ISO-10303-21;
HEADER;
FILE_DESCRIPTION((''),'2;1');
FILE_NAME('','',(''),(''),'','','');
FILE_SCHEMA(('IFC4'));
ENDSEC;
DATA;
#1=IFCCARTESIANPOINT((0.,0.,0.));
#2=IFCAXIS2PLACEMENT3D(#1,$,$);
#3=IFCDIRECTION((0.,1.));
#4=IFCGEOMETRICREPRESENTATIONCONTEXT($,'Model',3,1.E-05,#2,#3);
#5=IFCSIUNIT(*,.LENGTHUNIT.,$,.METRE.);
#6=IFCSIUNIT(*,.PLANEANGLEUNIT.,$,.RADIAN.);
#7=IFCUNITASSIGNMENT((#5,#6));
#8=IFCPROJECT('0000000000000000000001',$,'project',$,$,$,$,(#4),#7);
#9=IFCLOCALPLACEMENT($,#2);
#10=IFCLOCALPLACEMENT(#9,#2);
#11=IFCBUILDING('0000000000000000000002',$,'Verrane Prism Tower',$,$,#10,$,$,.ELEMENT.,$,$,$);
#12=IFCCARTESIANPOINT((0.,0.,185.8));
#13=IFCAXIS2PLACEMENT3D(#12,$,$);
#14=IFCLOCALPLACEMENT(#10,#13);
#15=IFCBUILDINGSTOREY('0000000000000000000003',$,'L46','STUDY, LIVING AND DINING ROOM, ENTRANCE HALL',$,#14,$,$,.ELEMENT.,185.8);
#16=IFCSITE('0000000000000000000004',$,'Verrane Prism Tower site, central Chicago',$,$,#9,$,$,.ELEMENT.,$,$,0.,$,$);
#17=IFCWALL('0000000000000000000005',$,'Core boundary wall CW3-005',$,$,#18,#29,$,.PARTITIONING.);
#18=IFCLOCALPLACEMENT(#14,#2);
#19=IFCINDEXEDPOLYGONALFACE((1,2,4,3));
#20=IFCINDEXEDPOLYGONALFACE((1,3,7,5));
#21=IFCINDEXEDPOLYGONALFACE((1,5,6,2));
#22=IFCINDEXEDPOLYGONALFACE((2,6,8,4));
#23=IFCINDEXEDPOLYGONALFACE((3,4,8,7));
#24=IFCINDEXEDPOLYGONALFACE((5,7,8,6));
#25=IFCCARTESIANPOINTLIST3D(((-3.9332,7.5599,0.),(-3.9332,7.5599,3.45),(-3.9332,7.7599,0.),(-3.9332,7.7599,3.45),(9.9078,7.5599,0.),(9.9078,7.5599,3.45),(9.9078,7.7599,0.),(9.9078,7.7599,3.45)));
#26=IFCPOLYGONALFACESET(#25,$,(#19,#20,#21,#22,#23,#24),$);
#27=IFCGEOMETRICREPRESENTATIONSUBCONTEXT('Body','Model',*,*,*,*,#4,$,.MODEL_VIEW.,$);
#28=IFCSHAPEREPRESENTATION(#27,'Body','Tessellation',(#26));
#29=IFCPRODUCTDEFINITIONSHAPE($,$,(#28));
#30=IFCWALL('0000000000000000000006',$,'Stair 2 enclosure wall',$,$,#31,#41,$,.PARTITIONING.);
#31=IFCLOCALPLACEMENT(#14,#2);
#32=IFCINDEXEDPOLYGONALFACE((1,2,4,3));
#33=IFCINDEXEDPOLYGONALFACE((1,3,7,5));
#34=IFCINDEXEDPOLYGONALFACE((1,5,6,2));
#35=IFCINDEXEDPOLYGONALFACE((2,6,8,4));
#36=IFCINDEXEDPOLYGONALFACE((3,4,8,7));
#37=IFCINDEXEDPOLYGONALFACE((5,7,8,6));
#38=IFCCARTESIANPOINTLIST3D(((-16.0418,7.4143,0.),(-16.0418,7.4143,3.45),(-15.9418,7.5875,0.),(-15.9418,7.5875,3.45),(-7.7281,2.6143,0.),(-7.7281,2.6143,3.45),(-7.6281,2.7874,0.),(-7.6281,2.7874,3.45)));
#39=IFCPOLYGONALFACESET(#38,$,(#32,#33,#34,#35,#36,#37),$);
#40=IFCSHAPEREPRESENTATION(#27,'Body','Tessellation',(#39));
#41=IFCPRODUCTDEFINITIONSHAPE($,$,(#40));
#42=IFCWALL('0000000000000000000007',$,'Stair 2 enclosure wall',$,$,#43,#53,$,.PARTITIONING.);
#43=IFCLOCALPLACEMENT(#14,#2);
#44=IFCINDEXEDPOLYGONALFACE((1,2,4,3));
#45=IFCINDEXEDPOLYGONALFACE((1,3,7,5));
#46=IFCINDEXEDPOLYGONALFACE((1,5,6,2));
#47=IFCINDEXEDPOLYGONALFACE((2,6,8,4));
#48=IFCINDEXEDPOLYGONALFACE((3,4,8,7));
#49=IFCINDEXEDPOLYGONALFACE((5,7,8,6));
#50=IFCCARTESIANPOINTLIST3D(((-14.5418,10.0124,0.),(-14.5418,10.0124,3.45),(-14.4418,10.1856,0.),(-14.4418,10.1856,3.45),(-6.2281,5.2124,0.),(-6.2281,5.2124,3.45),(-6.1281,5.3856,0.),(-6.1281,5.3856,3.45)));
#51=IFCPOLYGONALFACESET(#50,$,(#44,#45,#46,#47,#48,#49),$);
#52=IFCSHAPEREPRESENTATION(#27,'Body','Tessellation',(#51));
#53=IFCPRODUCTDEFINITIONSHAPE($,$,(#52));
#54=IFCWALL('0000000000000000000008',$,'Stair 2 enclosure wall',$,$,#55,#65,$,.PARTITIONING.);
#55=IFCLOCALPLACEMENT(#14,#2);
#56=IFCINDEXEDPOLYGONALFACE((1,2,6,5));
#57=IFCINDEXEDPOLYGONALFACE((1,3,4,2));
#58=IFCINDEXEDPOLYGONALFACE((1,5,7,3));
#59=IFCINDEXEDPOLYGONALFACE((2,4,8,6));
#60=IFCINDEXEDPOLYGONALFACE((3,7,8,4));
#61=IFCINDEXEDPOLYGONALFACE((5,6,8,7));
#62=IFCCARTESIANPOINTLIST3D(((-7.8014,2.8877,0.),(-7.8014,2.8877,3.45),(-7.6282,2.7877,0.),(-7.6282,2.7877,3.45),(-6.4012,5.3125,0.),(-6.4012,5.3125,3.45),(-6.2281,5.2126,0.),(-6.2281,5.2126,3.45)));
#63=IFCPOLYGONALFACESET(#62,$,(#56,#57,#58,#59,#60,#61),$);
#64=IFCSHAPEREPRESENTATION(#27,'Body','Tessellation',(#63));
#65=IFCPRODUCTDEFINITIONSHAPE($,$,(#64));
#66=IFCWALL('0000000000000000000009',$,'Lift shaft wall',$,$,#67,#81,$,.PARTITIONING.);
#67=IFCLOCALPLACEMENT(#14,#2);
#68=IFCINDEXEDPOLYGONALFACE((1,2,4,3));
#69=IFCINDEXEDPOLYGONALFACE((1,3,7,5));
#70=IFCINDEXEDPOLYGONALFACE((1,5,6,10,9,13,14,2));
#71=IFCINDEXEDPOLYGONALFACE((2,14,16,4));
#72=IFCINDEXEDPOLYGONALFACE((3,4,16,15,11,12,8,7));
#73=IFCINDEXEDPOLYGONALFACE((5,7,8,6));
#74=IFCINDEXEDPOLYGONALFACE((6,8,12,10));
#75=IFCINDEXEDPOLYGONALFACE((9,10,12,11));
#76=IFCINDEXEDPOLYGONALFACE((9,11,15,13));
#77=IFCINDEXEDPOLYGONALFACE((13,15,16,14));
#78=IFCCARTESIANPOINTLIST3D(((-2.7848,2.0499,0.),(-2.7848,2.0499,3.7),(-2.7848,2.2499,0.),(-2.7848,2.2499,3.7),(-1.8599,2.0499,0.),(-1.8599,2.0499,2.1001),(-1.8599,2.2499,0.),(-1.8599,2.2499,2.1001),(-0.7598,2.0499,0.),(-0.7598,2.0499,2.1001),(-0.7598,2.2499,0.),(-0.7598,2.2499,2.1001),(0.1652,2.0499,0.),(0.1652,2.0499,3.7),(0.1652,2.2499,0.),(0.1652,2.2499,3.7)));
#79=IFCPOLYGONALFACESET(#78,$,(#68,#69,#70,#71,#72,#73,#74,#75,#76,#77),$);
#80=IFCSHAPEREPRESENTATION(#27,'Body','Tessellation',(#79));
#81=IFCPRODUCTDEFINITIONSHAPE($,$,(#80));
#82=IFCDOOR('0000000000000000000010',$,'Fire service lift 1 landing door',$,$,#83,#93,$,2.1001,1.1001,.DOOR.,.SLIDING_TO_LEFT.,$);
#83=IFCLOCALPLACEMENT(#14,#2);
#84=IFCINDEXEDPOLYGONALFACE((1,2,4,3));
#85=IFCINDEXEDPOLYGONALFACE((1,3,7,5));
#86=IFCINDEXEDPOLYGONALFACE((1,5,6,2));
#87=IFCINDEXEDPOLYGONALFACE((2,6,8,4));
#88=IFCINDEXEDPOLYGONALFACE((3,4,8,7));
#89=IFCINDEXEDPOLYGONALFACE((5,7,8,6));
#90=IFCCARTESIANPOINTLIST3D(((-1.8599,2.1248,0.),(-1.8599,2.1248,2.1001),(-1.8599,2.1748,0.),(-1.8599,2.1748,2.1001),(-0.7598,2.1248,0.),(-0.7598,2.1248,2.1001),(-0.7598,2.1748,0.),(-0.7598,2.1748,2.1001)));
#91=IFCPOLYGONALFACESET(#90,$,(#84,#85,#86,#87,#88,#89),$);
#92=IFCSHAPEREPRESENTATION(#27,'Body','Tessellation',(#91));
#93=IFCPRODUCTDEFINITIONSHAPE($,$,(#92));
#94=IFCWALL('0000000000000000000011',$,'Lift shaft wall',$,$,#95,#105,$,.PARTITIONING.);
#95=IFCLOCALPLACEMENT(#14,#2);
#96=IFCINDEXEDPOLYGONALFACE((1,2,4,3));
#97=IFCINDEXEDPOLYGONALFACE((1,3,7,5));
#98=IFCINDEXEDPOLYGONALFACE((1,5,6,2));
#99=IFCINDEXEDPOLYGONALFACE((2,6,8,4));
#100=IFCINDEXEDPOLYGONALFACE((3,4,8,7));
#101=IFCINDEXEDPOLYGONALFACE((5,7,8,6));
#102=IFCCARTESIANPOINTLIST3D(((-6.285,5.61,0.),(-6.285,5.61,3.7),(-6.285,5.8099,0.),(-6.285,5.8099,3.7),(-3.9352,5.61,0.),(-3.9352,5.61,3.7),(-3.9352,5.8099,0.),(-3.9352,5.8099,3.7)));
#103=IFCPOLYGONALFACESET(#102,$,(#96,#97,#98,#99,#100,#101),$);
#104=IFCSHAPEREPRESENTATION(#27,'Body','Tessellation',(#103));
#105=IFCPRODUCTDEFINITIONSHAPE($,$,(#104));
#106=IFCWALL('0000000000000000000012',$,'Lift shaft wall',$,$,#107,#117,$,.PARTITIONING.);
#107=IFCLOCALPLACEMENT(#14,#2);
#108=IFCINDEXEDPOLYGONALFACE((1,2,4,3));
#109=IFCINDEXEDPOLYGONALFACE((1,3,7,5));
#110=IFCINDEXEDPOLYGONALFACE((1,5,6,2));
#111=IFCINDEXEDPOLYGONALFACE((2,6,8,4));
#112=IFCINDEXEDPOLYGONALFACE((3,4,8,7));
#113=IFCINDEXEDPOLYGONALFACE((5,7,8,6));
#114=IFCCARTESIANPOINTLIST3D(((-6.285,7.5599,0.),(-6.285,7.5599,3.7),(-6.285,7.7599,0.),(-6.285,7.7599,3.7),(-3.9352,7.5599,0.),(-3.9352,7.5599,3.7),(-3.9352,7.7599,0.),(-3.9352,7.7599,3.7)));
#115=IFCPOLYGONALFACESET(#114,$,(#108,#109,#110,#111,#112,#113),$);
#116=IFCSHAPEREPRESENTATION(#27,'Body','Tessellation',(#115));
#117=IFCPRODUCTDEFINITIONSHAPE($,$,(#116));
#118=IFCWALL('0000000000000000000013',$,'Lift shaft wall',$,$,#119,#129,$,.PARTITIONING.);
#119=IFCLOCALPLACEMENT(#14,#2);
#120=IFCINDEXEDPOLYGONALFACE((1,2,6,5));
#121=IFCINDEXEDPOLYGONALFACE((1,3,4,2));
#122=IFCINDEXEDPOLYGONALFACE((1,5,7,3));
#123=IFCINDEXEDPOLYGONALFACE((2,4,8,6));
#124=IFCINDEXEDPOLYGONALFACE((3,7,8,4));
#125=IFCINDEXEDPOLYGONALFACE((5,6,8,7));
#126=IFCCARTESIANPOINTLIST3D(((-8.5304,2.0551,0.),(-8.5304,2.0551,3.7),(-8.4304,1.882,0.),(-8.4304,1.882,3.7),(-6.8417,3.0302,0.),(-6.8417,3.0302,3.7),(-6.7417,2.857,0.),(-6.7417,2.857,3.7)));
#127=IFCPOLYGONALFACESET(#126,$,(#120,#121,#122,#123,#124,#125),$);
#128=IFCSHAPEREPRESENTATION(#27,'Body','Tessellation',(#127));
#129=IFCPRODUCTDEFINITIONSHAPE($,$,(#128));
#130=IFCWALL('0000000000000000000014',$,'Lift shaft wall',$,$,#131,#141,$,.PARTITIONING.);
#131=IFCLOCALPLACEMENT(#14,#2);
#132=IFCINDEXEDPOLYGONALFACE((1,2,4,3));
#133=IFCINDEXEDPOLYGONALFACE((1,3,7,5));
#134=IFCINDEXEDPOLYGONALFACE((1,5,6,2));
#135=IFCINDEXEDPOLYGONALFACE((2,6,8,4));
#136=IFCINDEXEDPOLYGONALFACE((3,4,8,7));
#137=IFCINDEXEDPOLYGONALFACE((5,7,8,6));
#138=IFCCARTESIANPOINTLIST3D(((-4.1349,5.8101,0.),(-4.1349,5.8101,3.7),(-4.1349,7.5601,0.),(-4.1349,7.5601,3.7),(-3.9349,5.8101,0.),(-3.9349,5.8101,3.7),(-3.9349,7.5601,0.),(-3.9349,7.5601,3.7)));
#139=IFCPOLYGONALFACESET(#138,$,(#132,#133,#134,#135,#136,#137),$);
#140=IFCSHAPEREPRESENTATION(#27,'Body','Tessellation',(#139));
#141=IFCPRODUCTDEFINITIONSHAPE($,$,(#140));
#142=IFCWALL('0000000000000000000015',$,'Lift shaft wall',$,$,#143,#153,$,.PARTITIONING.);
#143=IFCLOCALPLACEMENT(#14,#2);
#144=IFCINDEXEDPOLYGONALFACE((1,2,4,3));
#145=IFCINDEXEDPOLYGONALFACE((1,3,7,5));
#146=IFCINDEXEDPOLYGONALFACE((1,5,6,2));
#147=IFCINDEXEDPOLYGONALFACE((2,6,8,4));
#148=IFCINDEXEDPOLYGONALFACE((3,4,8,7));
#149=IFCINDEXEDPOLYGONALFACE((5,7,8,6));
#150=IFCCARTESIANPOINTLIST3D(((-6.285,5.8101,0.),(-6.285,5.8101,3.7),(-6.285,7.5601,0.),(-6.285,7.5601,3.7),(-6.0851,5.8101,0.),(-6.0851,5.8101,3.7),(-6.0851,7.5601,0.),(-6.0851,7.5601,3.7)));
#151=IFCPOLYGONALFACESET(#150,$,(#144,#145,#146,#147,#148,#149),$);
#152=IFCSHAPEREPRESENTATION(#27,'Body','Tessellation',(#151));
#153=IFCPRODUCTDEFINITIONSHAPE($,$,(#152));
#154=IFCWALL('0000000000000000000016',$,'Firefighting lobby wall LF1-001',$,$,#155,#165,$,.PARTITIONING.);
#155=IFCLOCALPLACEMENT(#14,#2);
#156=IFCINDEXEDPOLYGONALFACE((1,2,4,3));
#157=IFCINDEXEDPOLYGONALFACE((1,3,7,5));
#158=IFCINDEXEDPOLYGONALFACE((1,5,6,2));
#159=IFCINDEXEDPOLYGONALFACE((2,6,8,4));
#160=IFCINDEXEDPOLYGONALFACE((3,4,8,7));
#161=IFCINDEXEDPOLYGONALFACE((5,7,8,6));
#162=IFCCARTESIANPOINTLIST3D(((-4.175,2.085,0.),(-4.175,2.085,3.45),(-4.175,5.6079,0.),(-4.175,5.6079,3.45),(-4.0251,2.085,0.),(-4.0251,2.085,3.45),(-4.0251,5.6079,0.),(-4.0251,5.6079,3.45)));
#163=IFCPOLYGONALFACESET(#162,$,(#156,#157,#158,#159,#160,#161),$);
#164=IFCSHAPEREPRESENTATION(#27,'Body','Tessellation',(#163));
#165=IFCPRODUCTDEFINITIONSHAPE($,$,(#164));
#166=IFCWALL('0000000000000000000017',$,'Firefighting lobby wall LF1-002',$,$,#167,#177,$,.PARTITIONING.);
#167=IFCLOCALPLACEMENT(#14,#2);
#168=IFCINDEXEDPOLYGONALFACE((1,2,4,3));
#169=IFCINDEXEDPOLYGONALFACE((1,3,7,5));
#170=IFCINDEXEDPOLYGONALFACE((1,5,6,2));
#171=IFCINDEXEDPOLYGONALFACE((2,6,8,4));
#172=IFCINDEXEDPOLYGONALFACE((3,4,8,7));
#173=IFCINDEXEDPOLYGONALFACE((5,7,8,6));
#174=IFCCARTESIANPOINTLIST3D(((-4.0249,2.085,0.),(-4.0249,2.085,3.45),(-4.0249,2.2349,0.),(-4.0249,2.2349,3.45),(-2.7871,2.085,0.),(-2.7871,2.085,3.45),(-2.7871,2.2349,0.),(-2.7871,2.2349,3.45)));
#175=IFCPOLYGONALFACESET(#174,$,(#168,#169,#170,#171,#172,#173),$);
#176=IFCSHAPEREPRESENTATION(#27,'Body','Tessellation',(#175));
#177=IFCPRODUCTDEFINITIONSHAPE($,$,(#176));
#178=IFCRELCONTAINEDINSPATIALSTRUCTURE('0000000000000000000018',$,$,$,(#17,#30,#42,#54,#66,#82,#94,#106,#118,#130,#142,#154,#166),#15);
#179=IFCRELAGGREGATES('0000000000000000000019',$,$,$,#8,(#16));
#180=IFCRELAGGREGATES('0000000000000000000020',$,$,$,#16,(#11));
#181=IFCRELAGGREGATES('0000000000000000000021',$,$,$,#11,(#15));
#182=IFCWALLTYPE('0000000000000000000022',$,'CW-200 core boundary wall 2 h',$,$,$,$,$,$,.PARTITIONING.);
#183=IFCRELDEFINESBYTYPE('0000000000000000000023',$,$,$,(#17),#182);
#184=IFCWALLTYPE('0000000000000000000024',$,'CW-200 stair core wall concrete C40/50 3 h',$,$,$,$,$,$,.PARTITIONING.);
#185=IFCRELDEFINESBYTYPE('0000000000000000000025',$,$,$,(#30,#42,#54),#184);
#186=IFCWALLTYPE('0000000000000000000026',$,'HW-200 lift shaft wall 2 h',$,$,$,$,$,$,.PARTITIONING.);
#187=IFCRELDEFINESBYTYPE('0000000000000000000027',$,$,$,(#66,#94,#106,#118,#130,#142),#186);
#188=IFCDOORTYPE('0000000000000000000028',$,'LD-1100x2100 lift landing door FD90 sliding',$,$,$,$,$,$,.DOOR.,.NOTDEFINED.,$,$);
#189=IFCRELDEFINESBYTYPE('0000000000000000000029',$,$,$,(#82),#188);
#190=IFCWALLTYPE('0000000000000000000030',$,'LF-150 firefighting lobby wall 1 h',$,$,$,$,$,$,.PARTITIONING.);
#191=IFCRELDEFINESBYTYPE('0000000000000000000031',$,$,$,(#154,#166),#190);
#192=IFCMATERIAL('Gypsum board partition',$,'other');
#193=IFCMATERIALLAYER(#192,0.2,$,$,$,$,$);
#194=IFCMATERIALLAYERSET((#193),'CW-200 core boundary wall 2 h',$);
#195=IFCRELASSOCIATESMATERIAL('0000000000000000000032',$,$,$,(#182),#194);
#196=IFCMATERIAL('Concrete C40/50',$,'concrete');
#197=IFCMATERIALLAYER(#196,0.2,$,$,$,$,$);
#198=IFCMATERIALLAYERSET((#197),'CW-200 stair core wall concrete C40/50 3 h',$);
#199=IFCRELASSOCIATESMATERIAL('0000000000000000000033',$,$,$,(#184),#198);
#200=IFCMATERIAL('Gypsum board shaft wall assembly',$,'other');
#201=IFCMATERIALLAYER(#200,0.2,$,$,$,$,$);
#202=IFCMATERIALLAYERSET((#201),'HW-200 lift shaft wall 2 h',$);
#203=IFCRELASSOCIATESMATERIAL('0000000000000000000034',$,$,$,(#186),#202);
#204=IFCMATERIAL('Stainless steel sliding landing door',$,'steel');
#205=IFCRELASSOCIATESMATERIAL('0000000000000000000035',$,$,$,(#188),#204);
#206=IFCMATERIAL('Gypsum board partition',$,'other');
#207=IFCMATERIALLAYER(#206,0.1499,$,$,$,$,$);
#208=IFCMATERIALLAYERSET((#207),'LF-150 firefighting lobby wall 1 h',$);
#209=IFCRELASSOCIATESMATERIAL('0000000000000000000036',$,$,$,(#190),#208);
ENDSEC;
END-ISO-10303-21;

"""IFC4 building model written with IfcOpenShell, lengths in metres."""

from ifc_helpers import new_model, si_unit, direction, frame, frame_2d, origin, place, context, subcontext, project, spatial, rectangle, extrude, material, layer, layer_set, type_object, element, fill, save


model = new_model("IFC4")

# Units and contexts
model_context = context("Model", 3, precision=1e-05, world=origin(), true_north=direction((0.0, 1.0)))
body_context = subcontext(model_context, "Body", "Model", "MODEL_VIEW")
ifc_project = project(units=[si_unit("LENGTHUNIT", "METRE"), si_unit("PLANEANGLEUNIT", "RADIAN")], contexts=[model_context])

# Site, building, storey
site_placement = place(None, origin())
site = spatial("IfcSite", under=ifc_project, at=site_placement, Name="Verrane Prism Tower site, central Chicago", CompositionType="ELEMENT", RefElevation=0.0)
building_placement = place(site_placement, origin())
building = spatial("IfcBuilding", under=site, at=building_placement, Name="Verrane Prism Tower", CompositionType="ELEMENT")
storey_placement = place(building_placement, frame((0.0, 0.0, 185.8)))
storey = spatial("IfcBuildingStorey", under=building, at=storey_placement, Name="L46", Description="STUDY, LIVING AND DINING ROOM, ENTRANCE HALL", CompositionType="ELEMENT", Elevation=185.8)

# Shared definitions
ifc_material_1 = material(Name="Gypsum board partition", Category="other")
ifc_layer_1 = layer(ifc_material_1, 0.2)
ifc_layer_set_1 = layer_set([ifc_layer_1], Name="CW-200 core boundary wall 2 h")
wall_type_1 = type_object("IfcWallType", Name="CW-200 core boundary wall 2 h", PredefinedType="PARTITIONING", material=ifc_layer_set_1)

# Walls
wall_1_placement = place(storey_placement, frame((-3.9331, 7.6599, 0.0), z_axis=(0.0, 0.0, 1.0), x_axis=(1.0, 0.0, 0.0)))
element("IfcWall", 1, at=wall_1_placement, inside=storey, type_object=wall_type_1, Name="Core boundary wall CW3-005", PredefinedType="PARTITIONING", context=body_context, shape_type="SweptSolid", body=[
    extrude(rectangle(XDim=13.8411, YDim=0.2, at=frame_2d((6.9204, 0.0))), origin(), (0.0, 0.0, 1.0), 3.45),
])
ifc_material_2 = material(Name="Concrete C40/50", Category="concrete")
ifc_layer_2 = layer(ifc_material_2, 0.2)
ifc_layer_set_2 = layer_set([ifc_layer_2], Name="CW-200 stair core wall concrete C40/50 3 h")
wall_type_2 = type_object("IfcWallType", Name="CW-200 stair core wall concrete C40/50 3 h", PredefinedType="PARTITIONING", material=ifc_layer_set_2)
for number, where, z_axis, x_axis, name in (
    (2, (-7.6782, 2.7009, 0.0), (0.0, 0.0, 1.0), (-0.86602, 0.500009, 0.0), "Stair 2 enclosure wall"),
    (3, (-6.1782, 5.2991, 0.0), (0.0, 0.0, 1.0), (-0.86602, 0.500009, 0.0), "Stair 2 enclosure wall"),
):
    element("IfcWall", number, at=place(storey_placement, frame(where, z_axis=z_axis, x_axis=x_axis)), inside=storey, type_object=wall_type_2, Name=name, PredefinedType="PARTITIONING", context=body_context, shape_type="SweptSolid", body=[
        extrude(rectangle(XDim=9.5999, YDim=0.2, at=frame_2d((4.7998, 0.0))), origin(), (0.0, 0.0, 1.0), 3.45),
    ])
wall_2_placement = place(storey_placement, frame((-6.3147, 5.2625, 0.0), z_axis=(0.0, 0.0, 1.0), x_axis=(-0.50005, -0.865997, 0.0)))
element("IfcWall", 4, at=wall_2_placement, inside=storey, type_object=wall_type_2, Name="Stair 2 enclosure wall", PredefinedType="PARTITIONING", context=body_context, shape_type="SweptSolid", body=[
    extrude(rectangle(XDim=2.8, YDim=0.2, at=frame_2d((1.3999, 0.0))), origin(), (0.0, 0.0, 1.0), 3.45),
])

# Wall, opening, door
ifc_material_3 = material(Name="Gypsum board shaft wall assembly", Category="other")
ifc_layer_3 = layer(ifc_material_3, 0.2)
ifc_layer_set_3 = layer_set([ifc_layer_3], Name="HW-200 lift shaft wall 2 h")
wall_type_3 = type_object("IfcWallType", Name="HW-200 lift shaft wall 2 h", PredefinedType="PARTITIONING", material=ifc_layer_set_3)
wall_3_placement = place(storey_placement, frame((-2.7849, 2.1499, 0.0), z_axis=(0.0, 0.0, 1.0), x_axis=(1.0, 0.0, 0.0)))
wall_3 = element("IfcWall", 5, at=wall_3_placement, inside=storey, type_object=wall_type_3, Name="Lift shaft wall", PredefinedType="PARTITIONING", context=body_context, shape_type="SweptSolid", body=[
    extrude(rectangle(XDim=2.95, YDim=0.2, at=frame_2d((1.4751, 0.0))), origin(), (0.0, 0.0, 1.0), 3.7),
])
opening_1_placement = place(wall_3_placement, frame((0.925, 0.0, 0.0)))
opening_1 = element("IfcOpeningElement", 6, at=opening_1_placement, cuts=wall_3, PredefinedType="OPENING", context=body_context, shape_type="SweptSolid", body=[
    extrude(rectangle(XDim=1.1001, YDim=2.1001, at=frame_2d((0.55, 1.05))), frame((0.0, 0.1099, 0.0), z_axis=(0.0, -1.0, 0.0), x_axis=(1.0, 0.0, 0.0)), (0.0, 0.0, 1.0), 0.22),
])
ifc_material_4 = material(Name="Stainless steel sliding landing door", Category="steel")
door_type_1 = type_object("IfcDoorType", Name="LD-1100x2100 lift landing door FD90 sliding", OperationType="NOTDEFINED", PredefinedType="DOOR", material=ifc_material_4)
door_1_placement = place(opening_1_placement, origin())
door_1 = element("IfcDoor", 7, at=door_1_placement, inside=storey, type_object=door_type_1, Name="Fire service lift 1 landing door", OperationType="SLIDING_TO_LEFT", OverallHeight=2.1001, OverallWidth=1.1001, PredefinedType="DOOR", context=body_context, shape_type="SweptSolid", body=[
    extrude(rectangle(XDim=1.1001, YDim=2.1001, at=frame_2d((0.55, 1.05))), frame((0.0, 0.0249, 0.0), z_axis=(0.0, -1.0, 0.0), x_axis=(1.0, 0.0, 0.0)), (0.0, 0.0, 1.0), 0.05),
])
fill(opening_1, door_1)

# Walls
for number, where, z_axis, x_axis, name in (
    (8, (-6.2849, 5.71, 0.0), (0.0, 0.0, 1.0), (1.0, 0.0, 0.0), "Lift shaft wall"),
    (9, (-6.2849, 7.6599, 0.0), (0.0, 0.0, 1.0), (1.0, 0.0, 0.0), "Lift shaft wall"),
):
    element("IfcWall", number, at=place(storey_placement, frame(where, z_axis=z_axis, x_axis=x_axis)), inside=storey, type_object=wall_type_3, Name=name, PredefinedType="PARTITIONING", context=body_context, shape_type="SweptSolid", body=[
        extrude(rectangle(XDim=2.3499, YDim=0.2, at=frame_2d((1.1748, 0.0))), origin(), (0.0, 0.0, 1.0), 3.7),
    ])
wall_4_placement = place(storey_placement, frame((-8.4805, 1.9685, 0.0), z_axis=(0.0, 0.0, 1.0), x_axis=(0.866, 0.500044, 0.0)))
element("IfcWall", 10, at=wall_4_placement, inside=storey, type_object=wall_type_3, Name="Lift shaft wall", PredefinedType="PARTITIONING", context=body_context, shape_type="SweptSolid", body=[
    extrude(rectangle(XDim=1.95, YDim=0.2, at=frame_2d((0.9751, 0.0))), origin(), (0.0, 0.0, 1.0), 3.7),
])
for number, where, z_axis, x_axis, name in (
    (11, (-4.0349, 5.8101, 0.0), (0.0, 0.0, 1.0), (0.0, 1.0, 0.0), "Lift shaft wall"),
    (12, (-6.1851, 5.8101, 0.0), (0.0, 0.0, 1.0), (0.0, 1.0, 0.0), "Lift shaft wall"),
):
    element("IfcWall", number, at=place(storey_placement, frame(where, z_axis=z_axis, x_axis=x_axis)), inside=storey, type_object=wall_type_3, Name=name, PredefinedType="PARTITIONING", context=body_context, shape_type="SweptSolid", body=[
        extrude(rectangle(XDim=1.75, YDim=0.2, at=frame_2d((0.875, 0.0))), origin(), (0.0, 0.0, 1.0), 3.7),
    ])
ifc_material_5 = material(Name="Gypsum board partition", Category="other")
ifc_layer_4 = layer(ifc_material_5, 0.1499)
ifc_layer_set_4 = layer_set([ifc_layer_4], Name="LF-150 firefighting lobby wall 1 h")
wall_type_4 = type_object("IfcWallType", Name="LF-150 firefighting lobby wall 1 h", PredefinedType="PARTITIONING", material=ifc_layer_set_4)
wall_5_placement = place(storey_placement, frame((-4.1001, 2.085, 0.0), z_axis=(0.0, 0.0, 1.0), x_axis=(0.0, 1.0, 0.0)))
element("IfcWall", 13, at=wall_5_placement, inside=storey, type_object=wall_type_4, Name="Firefighting lobby wall LF1-001", PredefinedType="PARTITIONING", context=body_context, shape_type="SweptSolid", body=[
    extrude(rectangle(XDim=3.5229, YDim=0.1499, at=frame_2d((1.7615, 0.0))), origin(), (0.0, 0.0, 1.0), 3.45),
])
wall_6_placement = place(storey_placement, frame((-4.0249, 2.1599, 0.0), z_axis=(0.0, 0.0, 1.0), x_axis=(1.0, 0.0, 0.0)))
element("IfcWall", 14, at=wall_6_placement, inside=storey, type_object=wall_type_4, Name="Firefighting lobby wall LF1-002", PredefinedType="PARTITIONING", context=body_context, shape_type="SweptSolid", body=[
    extrude(rectangle(XDim=1.2378, YDim=0.1499, at=frame_2d((0.6189, 0.0))), origin(), (0.0, 0.0, 1.0), 3.45),
])

save(model, "model.ifc")
